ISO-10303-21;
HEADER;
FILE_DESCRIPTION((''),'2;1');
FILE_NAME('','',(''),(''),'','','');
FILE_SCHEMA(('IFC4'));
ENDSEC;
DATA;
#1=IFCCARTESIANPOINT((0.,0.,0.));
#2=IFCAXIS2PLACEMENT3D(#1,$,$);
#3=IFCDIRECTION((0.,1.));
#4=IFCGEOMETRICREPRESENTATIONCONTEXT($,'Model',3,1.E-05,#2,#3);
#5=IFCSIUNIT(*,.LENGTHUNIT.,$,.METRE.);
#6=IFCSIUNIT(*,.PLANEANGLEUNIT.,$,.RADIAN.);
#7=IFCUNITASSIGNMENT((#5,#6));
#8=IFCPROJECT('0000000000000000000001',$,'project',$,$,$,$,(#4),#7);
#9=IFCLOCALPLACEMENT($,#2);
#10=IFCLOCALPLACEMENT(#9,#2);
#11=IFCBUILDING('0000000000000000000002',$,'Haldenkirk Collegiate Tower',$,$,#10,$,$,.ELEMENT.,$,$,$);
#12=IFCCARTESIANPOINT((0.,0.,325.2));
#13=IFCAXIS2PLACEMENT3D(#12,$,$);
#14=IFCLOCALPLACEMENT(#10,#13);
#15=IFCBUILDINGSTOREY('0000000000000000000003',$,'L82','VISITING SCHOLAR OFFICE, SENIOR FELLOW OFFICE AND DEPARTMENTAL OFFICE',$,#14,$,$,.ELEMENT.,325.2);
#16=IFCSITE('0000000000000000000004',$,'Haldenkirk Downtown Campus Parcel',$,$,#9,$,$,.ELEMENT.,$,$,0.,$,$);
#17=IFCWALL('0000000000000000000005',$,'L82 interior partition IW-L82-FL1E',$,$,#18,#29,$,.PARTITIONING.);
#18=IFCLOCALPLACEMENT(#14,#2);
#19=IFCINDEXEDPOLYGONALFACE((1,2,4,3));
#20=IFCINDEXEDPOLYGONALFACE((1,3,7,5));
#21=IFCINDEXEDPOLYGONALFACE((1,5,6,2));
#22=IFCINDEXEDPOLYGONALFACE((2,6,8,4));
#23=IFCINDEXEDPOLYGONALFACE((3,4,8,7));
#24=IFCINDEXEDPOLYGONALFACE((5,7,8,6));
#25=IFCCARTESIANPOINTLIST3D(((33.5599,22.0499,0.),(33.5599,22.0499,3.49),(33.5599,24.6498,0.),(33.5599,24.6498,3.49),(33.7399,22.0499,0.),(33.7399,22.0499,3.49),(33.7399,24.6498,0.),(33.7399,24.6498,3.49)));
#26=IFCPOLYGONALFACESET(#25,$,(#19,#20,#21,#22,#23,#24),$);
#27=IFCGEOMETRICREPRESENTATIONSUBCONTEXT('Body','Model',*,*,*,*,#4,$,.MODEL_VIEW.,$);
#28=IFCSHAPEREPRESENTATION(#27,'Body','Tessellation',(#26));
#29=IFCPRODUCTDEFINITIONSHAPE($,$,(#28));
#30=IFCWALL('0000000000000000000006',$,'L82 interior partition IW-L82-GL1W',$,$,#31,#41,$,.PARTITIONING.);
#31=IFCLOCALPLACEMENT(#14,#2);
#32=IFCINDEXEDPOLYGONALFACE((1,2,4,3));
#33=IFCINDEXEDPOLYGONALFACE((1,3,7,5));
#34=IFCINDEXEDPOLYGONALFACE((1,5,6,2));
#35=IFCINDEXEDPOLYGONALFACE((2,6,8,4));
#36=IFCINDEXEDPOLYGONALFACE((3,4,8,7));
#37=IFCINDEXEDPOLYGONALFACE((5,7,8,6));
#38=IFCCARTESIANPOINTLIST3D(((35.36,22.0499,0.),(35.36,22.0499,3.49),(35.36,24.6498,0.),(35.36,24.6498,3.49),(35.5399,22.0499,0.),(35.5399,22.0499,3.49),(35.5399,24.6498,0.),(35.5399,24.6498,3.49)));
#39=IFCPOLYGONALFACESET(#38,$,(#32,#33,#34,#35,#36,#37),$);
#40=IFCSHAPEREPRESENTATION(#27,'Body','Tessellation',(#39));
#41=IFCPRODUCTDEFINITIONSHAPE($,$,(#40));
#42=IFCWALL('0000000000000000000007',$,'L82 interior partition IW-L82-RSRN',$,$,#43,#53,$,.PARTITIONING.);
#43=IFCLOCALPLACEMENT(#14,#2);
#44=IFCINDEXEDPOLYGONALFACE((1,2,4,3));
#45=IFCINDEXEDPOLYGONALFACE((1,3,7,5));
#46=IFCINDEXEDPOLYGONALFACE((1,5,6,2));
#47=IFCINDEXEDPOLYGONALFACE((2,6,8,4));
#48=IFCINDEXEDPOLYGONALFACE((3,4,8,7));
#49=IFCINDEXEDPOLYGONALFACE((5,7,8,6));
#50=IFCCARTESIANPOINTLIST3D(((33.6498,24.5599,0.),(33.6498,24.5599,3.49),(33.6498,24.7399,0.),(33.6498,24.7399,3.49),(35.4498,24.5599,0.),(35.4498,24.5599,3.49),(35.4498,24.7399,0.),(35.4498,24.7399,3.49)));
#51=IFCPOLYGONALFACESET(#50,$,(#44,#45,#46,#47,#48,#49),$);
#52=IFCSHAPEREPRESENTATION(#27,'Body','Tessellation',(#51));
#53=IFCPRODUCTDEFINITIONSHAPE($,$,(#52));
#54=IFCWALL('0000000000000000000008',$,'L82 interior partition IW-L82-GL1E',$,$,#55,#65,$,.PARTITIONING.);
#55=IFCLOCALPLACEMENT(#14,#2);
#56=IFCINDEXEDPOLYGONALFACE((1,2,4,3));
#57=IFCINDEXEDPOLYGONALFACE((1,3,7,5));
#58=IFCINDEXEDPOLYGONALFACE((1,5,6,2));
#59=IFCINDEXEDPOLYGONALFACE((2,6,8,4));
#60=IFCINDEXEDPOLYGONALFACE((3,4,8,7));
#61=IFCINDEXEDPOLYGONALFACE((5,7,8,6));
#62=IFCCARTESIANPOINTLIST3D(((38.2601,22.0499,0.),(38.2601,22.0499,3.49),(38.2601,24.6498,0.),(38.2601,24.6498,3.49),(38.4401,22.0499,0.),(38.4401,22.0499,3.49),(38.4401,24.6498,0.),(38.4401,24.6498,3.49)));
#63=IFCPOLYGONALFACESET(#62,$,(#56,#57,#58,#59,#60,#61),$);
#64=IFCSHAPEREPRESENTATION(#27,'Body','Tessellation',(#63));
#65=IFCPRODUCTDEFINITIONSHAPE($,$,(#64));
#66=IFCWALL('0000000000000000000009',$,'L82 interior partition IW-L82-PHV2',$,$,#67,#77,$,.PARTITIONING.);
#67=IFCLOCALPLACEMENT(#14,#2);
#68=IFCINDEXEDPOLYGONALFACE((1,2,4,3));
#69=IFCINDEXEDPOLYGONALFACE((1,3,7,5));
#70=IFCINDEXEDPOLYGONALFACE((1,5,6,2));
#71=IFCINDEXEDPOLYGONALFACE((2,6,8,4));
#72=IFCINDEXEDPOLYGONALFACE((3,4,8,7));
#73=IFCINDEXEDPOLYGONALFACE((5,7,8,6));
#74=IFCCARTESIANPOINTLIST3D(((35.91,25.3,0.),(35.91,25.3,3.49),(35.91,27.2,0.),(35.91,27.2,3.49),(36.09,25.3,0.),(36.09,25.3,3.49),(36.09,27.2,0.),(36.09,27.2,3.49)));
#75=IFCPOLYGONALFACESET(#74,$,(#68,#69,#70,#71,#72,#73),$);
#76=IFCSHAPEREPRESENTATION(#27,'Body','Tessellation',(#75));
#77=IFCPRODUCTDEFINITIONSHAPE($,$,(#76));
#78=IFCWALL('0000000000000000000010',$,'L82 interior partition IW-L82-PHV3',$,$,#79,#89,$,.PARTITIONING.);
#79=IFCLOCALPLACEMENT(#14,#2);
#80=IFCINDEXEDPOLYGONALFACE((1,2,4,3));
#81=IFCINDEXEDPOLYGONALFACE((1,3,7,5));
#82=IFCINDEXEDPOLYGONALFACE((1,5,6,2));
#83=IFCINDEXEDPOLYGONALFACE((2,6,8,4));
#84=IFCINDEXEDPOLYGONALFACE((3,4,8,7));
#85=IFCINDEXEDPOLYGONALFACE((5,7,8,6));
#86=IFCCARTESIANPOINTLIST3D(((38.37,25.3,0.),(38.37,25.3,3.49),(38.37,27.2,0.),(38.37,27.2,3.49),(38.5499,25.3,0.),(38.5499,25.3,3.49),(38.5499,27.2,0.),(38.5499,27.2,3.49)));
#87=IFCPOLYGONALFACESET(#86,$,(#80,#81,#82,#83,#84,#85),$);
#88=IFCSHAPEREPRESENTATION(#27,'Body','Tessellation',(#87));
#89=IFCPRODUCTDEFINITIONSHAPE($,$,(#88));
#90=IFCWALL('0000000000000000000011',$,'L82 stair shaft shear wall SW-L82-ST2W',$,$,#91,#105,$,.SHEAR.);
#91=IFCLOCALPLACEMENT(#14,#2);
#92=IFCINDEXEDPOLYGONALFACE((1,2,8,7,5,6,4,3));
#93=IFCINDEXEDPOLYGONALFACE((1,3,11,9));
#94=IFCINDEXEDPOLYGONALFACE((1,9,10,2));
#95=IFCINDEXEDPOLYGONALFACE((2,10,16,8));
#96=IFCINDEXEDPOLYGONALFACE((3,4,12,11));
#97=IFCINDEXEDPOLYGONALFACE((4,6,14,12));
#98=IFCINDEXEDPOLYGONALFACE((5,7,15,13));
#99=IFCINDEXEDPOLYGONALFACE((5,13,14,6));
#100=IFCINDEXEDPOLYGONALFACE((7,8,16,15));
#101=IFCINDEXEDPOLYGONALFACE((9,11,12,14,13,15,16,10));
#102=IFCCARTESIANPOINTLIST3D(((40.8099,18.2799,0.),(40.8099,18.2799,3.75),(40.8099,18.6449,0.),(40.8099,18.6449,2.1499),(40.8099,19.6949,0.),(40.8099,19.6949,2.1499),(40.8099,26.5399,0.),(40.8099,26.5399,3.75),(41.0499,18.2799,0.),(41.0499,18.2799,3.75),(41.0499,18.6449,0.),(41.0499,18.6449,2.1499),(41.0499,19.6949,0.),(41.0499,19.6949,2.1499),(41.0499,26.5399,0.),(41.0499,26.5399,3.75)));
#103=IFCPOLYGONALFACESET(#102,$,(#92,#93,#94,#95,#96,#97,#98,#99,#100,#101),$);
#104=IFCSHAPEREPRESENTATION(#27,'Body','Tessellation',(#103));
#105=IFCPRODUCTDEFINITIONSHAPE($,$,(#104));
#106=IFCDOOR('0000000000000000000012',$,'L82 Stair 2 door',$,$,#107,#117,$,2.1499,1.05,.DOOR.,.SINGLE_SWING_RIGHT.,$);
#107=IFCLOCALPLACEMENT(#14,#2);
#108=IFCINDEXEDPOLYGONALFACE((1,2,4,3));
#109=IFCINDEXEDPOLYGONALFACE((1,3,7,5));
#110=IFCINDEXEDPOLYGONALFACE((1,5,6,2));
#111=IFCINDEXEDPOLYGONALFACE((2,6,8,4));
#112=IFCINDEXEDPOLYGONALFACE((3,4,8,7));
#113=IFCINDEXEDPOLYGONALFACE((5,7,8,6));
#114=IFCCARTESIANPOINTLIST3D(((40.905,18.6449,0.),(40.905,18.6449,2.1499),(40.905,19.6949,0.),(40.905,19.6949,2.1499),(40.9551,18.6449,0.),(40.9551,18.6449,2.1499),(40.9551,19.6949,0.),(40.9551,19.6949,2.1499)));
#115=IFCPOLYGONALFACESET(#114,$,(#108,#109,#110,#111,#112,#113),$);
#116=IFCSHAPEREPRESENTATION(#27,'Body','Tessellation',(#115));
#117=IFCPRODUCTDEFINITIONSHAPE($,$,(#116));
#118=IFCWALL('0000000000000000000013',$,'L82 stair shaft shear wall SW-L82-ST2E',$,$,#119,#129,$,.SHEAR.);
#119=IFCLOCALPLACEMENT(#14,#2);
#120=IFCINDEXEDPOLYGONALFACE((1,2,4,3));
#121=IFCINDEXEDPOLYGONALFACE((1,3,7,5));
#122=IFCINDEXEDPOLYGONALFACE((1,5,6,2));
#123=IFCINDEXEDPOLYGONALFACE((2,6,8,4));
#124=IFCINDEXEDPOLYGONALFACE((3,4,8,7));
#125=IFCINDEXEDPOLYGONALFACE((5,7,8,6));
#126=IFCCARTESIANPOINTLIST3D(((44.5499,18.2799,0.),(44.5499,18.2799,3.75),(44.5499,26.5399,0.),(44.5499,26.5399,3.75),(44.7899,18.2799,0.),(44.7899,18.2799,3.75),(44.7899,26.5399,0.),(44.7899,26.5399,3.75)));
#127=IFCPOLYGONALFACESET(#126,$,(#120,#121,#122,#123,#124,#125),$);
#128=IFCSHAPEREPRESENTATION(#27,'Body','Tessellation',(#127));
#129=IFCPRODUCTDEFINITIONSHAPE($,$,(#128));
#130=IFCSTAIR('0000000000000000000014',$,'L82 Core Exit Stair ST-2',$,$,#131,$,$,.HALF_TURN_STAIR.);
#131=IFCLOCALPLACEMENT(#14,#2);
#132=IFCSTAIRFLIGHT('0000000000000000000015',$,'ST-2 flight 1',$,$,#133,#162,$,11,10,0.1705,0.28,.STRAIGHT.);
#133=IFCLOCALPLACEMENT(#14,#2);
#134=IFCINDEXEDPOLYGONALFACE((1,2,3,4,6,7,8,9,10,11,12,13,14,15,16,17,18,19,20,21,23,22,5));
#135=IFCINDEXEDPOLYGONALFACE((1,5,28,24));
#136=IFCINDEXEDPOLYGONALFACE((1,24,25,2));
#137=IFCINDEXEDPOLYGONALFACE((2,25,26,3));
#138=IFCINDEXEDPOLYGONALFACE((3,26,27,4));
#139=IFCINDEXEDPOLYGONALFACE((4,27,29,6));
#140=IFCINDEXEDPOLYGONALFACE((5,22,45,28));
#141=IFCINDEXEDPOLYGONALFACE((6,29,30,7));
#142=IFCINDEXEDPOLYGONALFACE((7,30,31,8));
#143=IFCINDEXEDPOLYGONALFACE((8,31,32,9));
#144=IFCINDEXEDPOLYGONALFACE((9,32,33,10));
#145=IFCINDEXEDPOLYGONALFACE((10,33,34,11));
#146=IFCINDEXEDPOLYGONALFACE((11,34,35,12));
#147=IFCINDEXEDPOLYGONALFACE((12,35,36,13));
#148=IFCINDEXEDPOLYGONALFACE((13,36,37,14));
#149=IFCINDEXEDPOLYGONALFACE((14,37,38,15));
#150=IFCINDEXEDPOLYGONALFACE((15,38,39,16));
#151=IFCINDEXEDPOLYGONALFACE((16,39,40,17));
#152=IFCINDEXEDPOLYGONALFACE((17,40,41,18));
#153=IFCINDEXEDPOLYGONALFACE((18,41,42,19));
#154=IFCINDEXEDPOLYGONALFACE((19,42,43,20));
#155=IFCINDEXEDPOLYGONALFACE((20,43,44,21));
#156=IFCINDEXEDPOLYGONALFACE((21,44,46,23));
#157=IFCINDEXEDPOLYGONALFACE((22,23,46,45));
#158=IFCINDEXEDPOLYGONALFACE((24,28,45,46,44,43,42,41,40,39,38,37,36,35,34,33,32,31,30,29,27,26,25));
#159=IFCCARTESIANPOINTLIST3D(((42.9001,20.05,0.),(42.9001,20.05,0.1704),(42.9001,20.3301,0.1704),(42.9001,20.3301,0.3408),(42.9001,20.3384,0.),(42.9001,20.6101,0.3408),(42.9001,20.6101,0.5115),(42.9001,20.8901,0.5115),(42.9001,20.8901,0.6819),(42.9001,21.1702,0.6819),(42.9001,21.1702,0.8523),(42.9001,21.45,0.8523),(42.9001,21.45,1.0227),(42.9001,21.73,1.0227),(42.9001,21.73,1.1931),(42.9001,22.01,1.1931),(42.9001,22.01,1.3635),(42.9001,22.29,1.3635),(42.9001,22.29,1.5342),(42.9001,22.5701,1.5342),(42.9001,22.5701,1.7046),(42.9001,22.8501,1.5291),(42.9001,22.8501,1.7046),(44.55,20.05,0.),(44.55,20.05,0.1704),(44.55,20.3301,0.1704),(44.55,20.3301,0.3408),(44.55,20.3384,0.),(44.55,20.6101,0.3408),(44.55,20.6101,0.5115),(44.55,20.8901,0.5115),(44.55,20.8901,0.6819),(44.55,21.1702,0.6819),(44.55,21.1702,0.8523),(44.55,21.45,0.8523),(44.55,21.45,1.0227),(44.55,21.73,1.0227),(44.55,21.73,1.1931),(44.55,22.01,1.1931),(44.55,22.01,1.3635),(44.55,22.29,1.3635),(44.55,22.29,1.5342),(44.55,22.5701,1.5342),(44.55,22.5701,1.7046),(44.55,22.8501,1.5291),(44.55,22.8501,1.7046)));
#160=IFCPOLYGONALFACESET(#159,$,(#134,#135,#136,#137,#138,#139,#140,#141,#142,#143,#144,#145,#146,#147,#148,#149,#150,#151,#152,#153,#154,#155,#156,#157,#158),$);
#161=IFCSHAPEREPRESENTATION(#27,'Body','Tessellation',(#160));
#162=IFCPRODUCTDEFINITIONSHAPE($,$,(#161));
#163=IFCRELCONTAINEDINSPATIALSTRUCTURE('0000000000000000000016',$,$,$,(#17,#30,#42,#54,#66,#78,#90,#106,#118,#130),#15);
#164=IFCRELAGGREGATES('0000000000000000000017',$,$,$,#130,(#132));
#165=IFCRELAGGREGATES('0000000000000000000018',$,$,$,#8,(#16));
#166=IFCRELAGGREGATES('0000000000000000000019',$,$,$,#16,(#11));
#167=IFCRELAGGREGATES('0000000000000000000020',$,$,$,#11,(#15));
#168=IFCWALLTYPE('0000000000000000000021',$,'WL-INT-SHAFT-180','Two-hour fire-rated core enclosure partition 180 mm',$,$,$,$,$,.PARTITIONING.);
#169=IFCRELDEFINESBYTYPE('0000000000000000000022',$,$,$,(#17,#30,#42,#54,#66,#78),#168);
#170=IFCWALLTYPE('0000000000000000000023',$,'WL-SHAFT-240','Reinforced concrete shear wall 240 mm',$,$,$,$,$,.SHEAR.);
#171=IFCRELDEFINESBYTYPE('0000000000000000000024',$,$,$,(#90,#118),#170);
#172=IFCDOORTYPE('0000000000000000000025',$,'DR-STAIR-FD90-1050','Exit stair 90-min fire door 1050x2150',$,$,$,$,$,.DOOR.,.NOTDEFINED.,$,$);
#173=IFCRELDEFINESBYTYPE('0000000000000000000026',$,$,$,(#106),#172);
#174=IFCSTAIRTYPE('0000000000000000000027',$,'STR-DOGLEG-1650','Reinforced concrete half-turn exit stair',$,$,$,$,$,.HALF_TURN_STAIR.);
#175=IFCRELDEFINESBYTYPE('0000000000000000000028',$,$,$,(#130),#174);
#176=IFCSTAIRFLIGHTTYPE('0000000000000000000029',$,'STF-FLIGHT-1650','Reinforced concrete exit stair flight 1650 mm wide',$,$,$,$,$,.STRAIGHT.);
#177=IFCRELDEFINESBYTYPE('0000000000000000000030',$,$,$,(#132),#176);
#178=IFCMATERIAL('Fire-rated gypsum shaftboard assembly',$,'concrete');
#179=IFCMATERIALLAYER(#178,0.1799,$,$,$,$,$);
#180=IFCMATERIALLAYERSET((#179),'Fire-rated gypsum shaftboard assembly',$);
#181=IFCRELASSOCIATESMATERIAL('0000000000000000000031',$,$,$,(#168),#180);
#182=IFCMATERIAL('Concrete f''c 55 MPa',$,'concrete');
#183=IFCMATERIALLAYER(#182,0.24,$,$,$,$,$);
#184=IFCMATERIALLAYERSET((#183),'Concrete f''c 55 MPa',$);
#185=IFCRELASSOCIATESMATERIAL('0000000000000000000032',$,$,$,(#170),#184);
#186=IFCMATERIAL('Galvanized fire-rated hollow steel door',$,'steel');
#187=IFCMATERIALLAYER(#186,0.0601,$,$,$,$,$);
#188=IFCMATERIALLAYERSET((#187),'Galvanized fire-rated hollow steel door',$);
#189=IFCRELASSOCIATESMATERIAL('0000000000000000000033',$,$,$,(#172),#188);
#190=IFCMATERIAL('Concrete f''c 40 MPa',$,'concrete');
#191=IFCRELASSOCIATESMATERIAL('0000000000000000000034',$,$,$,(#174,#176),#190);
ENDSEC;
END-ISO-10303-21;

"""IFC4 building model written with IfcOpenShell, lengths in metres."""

from ifc_helpers import new_model, si_unit, direction, frame, frame_2d, origin, place, context, subcontext, project, spatial, polyline, rectangle, outline, extrude, material, layer, layer_set, type_object, element, fill, aggregate, save


model = new_model("IFC4")

# Units and contexts
model_context = context("Model", 3, precision=1e-05, world=origin(), true_north=direction((0.0, 1.0)))
body_context = subcontext(model_context, "Body", "Model", "MODEL_VIEW")
ifc_project = project(units=[si_unit("LENGTHUNIT", "METRE"), si_unit("PLANEANGLEUNIT", "RADIAN")], contexts=[model_context])

# Site, building, storey
site_placement = place(None, origin())
site = spatial("IfcSite", under=ifc_project, at=site_placement, Name="Haldenkirk Downtown Campus Parcel", CompositionType="ELEMENT", RefElevation=0.0)
building_placement = place(site_placement, origin())
building = spatial("IfcBuilding", under=site, at=building_placement, Name="Haldenkirk Collegiate Tower", CompositionType="ELEMENT")
storey_placement = place(building_placement, frame((0.0, 0.0, 325.2)))
storey = spatial("IfcBuildingStorey", under=building, at=storey_placement, Name="L82", Description="VISITING SCHOLAR OFFICE, SENIOR FELLOW OFFICE AND DEPARTMENTAL OFFICE", CompositionType="ELEMENT", Elevation=325.2)

# Walls
ifc_material_1 = material(Name="Fire-rated gypsum shaftboard assembly", Category="concrete")
ifc_layer_1 = layer(ifc_material_1, 0.1799)
ifc_layer_set_1 = layer_set([ifc_layer_1], Name="Fire-rated gypsum shaftboard assembly")
wall_type_1 = type_object("IfcWallType", Name="WL-INT-SHAFT-180", Description="Two-hour fire-rated core enclosure partition 180 mm", PredefinedType="PARTITIONING", material=ifc_layer_set_1)
for number, where, z_axis, x_axis, name in (
    (1, (33.6499, 22.05, 0.0), (0.0, 0.0, 1.0), (0.0, 1.0, 0.0), "L82 interior partition IW-L82-FL1E"),
    (2, (35.45, 22.05, 0.0), (0.0, 0.0, 1.0), (0.0, 1.0, 0.0), "L82 interior partition IW-L82-GL1W"),
):
    element("IfcWall", number, at=place(storey_placement, frame(where, z_axis=z_axis, x_axis=x_axis)), inside=storey, type_object=wall_type_1, Name=name, PredefinedType="PARTITIONING", context=body_context, shape_type="SweptSolid", body=[
        extrude(rectangle(XDim=2.5999, YDim=0.1799, at=frame_2d((1.2998, 0.0))), origin(), (0.0, 0.0, 1.0), 3.49),
    ])
wall_1_placement = place(storey_placement, frame((33.6499, 24.6499, 0.0), z_axis=(0.0, 0.0, 1.0), x_axis=(1.0, 0.0, 0.0)))
element("IfcWall", 3, at=wall_1_placement, inside=storey, type_object=wall_type_1, Name="L82 interior partition IW-L82-RSRN", PredefinedType="PARTITIONING", context=body_context, shape_type="SweptSolid", body=[
    extrude(rectangle(XDim=1.8, YDim=0.1799, at=frame_2d((0.8999, 0.0))), origin(), (0.0, 0.0, 1.0), 3.49),
])
wall_2_placement = place(storey_placement, frame((38.3501, 22.05, 0.0), z_axis=(0.0, 0.0, 1.0), x_axis=(0.0, 1.0, 0.0)))
element("IfcWall", 4, at=wall_2_placement, inside=storey, type_object=wall_type_1, Name="L82 interior partition IW-L82-GL1E", PredefinedType="PARTITIONING", context=body_context, shape_type="SweptSolid", body=[
    extrude(rectangle(XDim=2.5999, YDim=0.1799, at=frame_2d((1.2998, 0.0))), origin(), (0.0, 0.0, 1.0), 3.49),
])
for number, where, z_axis, x_axis, name in (
    (5, (36.0, 25.3, 0.0), (0.0, 0.0, 1.0), (0.0, 1.0, 0.0), "L82 interior partition IW-L82-PHV2"),
    (6, (38.46, 25.3, 0.0), (0.0, 0.0, 1.0), (0.0, 1.0, 0.0), "L82 interior partition IW-L82-PHV3"),
):
    element("IfcWall", number, at=place(storey_placement, frame(where, z_axis=z_axis, x_axis=x_axis)), inside=storey, type_object=wall_type_1, Name=name, PredefinedType="PARTITIONING", context=body_context, shape_type="SweptSolid", body=[
        extrude(rectangle(XDim=1.8999, YDim=0.1799, at=frame_2d((0.95, 0.0))), origin(), (0.0, 0.0, 1.0), 3.49),
    ])

# Wall, opening, door
ifc_material_2 = material(Name="Concrete f'c 55 MPa", Category="concrete")
ifc_layer_2 = layer(ifc_material_2, 0.24)
ifc_layer_set_2 = layer_set([ifc_layer_2], Name="Concrete f'c 55 MPa")
wall_type_2 = type_object("IfcWallType", Name="WL-SHAFT-240", Description="Reinforced concrete shear wall 240 mm", PredefinedType="SHEAR", material=ifc_layer_set_2)
wall_3_placement = place(storey_placement, frame((40.9299, 18.28, 0.0), z_axis=(0.0, 0.0, 1.0), x_axis=(0.0, 1.0, 0.0)))
wall_3 = element("IfcWall", 7, at=wall_3_placement, inside=storey, type_object=wall_type_2, Name="L82 stair shaft shear wall SW-L82-ST2W", PredefinedType="SHEAR", context=body_context, shape_type="SweptSolid", body=[
    extrude(rectangle(XDim=8.26, YDim=0.24, at=frame_2d((4.1299, 0.0))), origin(), (0.0, 0.0, 1.0), 3.75),
])
opening_1_placement = place(wall_3_placement, frame((0.365, 0.0, 0.0)))
opening_1 = element("IfcOpeningElement", 8, at=opening_1_placement, cuts=wall_3, PredefinedType="OPENING", context=body_context, shape_type="SweptSolid", body=[
    extrude(rectangle(XDim=1.05, YDim=2.1499, at=frame_2d((0.5249, 1.075))), frame((0.0, 0.1299, 0.0), z_axis=(0.0, -1.0, 0.0), x_axis=(1.0, 0.0, 0.0)), (0.0, 0.0, 1.0), 0.26),
])
ifc_material_3 = material(Name="Galvanized fire-rated hollow steel door", Category="steel")
ifc_layer_3 = layer(ifc_material_3, 0.0601)
ifc_layer_set_3 = layer_set([ifc_layer_3], Name="Galvanized fire-rated hollow steel door")
door_type_1 = type_object("IfcDoorType", Name="DR-STAIR-FD90-1050", Description="Exit stair 90-min fire door 1050x2150", OperationType="NOTDEFINED", PredefinedType="DOOR", material=ifc_layer_set_3)
door_1_placement = place(opening_1_placement, origin())
door_1 = element("IfcDoor", 9, at=door_1_placement, inside=storey, type_object=door_type_1, Name="L82 Stair 2 door", OperationType="SINGLE_SWING_RIGHT", OverallHeight=2.1499, OverallWidth=1.05, PredefinedType="DOOR", context=body_context, shape_type="SweptSolid", body=[
    extrude(rectangle(XDim=1.05, YDim=2.1499, at=frame_2d((0.5249, 1.075))), frame((0.0, 0.0249, 0.0), z_axis=(0.0, -1.0, 0.0), x_axis=(1.0, 0.0, 0.0)), (0.0, 0.0, 1.0), 0.05),
])
fill(opening_1, door_1)

# Wall
wall_4_placement = place(storey_placement, frame((44.6699, 18.28, 0.0), z_axis=(0.0, 0.0, 1.0), x_axis=(0.0, 1.0, 0.0)))
element("IfcWall", 10, at=wall_4_placement, inside=storey, type_object=wall_type_2, Name="L82 stair shaft shear wall SW-L82-ST2E", PredefinedType="SHEAR", context=body_context, shape_type="SweptSolid", body=[
    extrude(rectangle(XDim=8.26, YDim=0.24, at=frame_2d((4.1299, 0.0))), origin(), (0.0, 0.0, 1.0), 3.75),
])

# Stair, stair flight
ifc_material_4 = material(Name="Concrete f'c 40 MPa", Category="concrete")
stair_type = type_object("IfcStairType", Name="STR-DOGLEG-1650", Description="Reinforced concrete half-turn exit stair", PredefinedType="HALF_TURN_STAIR", material=ifc_material_4)
stair_placement = place(storey_placement, origin())
stair = element("IfcStair", 11, at=stair_placement, inside=storey, type_object=stair_type, Name="L82 Core Exit Stair ST-2", PredefinedType="HALF_TURN_STAIR")
stair_flight_type = type_object("IfcStairFlightType", Name="STF-FLIGHT-1650", Description="Reinforced concrete exit stair flight 1650 mm wide", PredefinedType="STRAIGHT", material=ifc_material_4)
stair_flight_1_placement = place(storey_placement, frame((43.7251, 20.05, 0.0), z_axis=(0.0, 0.0, 1.0), x_axis=(0.0, 1.0, 0.0)))
stair_flight_1 = element("IfcStairFlight", 12, at=stair_flight_1_placement, type_object=stair_flight_type, Name="ST-2 flight 1", NumberOfRisers=11, NumberOfTreads=10, PredefinedType="STRAIGHT", RiserHeight=0.1705, TreadLength=0.28, context=body_context, shape_type="SweptSolid", body=[
    extrude(outline(polyline([(0.0, 0.0), (0.0, 0.1704), (0.28, 0.1704), (0.28, 0.3408), (0.5601, 0.3408), (0.5601, 0.5115), (0.8401, 0.5115), (0.8401, 0.6819), (1.1201, 0.6819), (1.1201, 0.8523), (1.3999, 0.8523), (1.3999, 1.0227), (1.6799, 1.0227), (1.6799, 1.1931), (1.96, 1.1931), (1.96, 1.3635), (2.24, 1.3635), (2.24, 1.5342), (2.52, 1.5342), (2.52, 1.7046), (2.8, 1.7046), (2.8, 1.875), (2.8, 1.5291), (0.2883, 0.0), (0.0, 0.0)])), frame((0.0, 0.825, 0.0), z_axis=(0.0, -1.0, 0.0), x_axis=(1.0, 0.0, 0.0)), (0.0, 0.0, 1.0), 1.6499),
])
aggregate(stair, [stair_flight_1])

save(model, "model.ifc")
